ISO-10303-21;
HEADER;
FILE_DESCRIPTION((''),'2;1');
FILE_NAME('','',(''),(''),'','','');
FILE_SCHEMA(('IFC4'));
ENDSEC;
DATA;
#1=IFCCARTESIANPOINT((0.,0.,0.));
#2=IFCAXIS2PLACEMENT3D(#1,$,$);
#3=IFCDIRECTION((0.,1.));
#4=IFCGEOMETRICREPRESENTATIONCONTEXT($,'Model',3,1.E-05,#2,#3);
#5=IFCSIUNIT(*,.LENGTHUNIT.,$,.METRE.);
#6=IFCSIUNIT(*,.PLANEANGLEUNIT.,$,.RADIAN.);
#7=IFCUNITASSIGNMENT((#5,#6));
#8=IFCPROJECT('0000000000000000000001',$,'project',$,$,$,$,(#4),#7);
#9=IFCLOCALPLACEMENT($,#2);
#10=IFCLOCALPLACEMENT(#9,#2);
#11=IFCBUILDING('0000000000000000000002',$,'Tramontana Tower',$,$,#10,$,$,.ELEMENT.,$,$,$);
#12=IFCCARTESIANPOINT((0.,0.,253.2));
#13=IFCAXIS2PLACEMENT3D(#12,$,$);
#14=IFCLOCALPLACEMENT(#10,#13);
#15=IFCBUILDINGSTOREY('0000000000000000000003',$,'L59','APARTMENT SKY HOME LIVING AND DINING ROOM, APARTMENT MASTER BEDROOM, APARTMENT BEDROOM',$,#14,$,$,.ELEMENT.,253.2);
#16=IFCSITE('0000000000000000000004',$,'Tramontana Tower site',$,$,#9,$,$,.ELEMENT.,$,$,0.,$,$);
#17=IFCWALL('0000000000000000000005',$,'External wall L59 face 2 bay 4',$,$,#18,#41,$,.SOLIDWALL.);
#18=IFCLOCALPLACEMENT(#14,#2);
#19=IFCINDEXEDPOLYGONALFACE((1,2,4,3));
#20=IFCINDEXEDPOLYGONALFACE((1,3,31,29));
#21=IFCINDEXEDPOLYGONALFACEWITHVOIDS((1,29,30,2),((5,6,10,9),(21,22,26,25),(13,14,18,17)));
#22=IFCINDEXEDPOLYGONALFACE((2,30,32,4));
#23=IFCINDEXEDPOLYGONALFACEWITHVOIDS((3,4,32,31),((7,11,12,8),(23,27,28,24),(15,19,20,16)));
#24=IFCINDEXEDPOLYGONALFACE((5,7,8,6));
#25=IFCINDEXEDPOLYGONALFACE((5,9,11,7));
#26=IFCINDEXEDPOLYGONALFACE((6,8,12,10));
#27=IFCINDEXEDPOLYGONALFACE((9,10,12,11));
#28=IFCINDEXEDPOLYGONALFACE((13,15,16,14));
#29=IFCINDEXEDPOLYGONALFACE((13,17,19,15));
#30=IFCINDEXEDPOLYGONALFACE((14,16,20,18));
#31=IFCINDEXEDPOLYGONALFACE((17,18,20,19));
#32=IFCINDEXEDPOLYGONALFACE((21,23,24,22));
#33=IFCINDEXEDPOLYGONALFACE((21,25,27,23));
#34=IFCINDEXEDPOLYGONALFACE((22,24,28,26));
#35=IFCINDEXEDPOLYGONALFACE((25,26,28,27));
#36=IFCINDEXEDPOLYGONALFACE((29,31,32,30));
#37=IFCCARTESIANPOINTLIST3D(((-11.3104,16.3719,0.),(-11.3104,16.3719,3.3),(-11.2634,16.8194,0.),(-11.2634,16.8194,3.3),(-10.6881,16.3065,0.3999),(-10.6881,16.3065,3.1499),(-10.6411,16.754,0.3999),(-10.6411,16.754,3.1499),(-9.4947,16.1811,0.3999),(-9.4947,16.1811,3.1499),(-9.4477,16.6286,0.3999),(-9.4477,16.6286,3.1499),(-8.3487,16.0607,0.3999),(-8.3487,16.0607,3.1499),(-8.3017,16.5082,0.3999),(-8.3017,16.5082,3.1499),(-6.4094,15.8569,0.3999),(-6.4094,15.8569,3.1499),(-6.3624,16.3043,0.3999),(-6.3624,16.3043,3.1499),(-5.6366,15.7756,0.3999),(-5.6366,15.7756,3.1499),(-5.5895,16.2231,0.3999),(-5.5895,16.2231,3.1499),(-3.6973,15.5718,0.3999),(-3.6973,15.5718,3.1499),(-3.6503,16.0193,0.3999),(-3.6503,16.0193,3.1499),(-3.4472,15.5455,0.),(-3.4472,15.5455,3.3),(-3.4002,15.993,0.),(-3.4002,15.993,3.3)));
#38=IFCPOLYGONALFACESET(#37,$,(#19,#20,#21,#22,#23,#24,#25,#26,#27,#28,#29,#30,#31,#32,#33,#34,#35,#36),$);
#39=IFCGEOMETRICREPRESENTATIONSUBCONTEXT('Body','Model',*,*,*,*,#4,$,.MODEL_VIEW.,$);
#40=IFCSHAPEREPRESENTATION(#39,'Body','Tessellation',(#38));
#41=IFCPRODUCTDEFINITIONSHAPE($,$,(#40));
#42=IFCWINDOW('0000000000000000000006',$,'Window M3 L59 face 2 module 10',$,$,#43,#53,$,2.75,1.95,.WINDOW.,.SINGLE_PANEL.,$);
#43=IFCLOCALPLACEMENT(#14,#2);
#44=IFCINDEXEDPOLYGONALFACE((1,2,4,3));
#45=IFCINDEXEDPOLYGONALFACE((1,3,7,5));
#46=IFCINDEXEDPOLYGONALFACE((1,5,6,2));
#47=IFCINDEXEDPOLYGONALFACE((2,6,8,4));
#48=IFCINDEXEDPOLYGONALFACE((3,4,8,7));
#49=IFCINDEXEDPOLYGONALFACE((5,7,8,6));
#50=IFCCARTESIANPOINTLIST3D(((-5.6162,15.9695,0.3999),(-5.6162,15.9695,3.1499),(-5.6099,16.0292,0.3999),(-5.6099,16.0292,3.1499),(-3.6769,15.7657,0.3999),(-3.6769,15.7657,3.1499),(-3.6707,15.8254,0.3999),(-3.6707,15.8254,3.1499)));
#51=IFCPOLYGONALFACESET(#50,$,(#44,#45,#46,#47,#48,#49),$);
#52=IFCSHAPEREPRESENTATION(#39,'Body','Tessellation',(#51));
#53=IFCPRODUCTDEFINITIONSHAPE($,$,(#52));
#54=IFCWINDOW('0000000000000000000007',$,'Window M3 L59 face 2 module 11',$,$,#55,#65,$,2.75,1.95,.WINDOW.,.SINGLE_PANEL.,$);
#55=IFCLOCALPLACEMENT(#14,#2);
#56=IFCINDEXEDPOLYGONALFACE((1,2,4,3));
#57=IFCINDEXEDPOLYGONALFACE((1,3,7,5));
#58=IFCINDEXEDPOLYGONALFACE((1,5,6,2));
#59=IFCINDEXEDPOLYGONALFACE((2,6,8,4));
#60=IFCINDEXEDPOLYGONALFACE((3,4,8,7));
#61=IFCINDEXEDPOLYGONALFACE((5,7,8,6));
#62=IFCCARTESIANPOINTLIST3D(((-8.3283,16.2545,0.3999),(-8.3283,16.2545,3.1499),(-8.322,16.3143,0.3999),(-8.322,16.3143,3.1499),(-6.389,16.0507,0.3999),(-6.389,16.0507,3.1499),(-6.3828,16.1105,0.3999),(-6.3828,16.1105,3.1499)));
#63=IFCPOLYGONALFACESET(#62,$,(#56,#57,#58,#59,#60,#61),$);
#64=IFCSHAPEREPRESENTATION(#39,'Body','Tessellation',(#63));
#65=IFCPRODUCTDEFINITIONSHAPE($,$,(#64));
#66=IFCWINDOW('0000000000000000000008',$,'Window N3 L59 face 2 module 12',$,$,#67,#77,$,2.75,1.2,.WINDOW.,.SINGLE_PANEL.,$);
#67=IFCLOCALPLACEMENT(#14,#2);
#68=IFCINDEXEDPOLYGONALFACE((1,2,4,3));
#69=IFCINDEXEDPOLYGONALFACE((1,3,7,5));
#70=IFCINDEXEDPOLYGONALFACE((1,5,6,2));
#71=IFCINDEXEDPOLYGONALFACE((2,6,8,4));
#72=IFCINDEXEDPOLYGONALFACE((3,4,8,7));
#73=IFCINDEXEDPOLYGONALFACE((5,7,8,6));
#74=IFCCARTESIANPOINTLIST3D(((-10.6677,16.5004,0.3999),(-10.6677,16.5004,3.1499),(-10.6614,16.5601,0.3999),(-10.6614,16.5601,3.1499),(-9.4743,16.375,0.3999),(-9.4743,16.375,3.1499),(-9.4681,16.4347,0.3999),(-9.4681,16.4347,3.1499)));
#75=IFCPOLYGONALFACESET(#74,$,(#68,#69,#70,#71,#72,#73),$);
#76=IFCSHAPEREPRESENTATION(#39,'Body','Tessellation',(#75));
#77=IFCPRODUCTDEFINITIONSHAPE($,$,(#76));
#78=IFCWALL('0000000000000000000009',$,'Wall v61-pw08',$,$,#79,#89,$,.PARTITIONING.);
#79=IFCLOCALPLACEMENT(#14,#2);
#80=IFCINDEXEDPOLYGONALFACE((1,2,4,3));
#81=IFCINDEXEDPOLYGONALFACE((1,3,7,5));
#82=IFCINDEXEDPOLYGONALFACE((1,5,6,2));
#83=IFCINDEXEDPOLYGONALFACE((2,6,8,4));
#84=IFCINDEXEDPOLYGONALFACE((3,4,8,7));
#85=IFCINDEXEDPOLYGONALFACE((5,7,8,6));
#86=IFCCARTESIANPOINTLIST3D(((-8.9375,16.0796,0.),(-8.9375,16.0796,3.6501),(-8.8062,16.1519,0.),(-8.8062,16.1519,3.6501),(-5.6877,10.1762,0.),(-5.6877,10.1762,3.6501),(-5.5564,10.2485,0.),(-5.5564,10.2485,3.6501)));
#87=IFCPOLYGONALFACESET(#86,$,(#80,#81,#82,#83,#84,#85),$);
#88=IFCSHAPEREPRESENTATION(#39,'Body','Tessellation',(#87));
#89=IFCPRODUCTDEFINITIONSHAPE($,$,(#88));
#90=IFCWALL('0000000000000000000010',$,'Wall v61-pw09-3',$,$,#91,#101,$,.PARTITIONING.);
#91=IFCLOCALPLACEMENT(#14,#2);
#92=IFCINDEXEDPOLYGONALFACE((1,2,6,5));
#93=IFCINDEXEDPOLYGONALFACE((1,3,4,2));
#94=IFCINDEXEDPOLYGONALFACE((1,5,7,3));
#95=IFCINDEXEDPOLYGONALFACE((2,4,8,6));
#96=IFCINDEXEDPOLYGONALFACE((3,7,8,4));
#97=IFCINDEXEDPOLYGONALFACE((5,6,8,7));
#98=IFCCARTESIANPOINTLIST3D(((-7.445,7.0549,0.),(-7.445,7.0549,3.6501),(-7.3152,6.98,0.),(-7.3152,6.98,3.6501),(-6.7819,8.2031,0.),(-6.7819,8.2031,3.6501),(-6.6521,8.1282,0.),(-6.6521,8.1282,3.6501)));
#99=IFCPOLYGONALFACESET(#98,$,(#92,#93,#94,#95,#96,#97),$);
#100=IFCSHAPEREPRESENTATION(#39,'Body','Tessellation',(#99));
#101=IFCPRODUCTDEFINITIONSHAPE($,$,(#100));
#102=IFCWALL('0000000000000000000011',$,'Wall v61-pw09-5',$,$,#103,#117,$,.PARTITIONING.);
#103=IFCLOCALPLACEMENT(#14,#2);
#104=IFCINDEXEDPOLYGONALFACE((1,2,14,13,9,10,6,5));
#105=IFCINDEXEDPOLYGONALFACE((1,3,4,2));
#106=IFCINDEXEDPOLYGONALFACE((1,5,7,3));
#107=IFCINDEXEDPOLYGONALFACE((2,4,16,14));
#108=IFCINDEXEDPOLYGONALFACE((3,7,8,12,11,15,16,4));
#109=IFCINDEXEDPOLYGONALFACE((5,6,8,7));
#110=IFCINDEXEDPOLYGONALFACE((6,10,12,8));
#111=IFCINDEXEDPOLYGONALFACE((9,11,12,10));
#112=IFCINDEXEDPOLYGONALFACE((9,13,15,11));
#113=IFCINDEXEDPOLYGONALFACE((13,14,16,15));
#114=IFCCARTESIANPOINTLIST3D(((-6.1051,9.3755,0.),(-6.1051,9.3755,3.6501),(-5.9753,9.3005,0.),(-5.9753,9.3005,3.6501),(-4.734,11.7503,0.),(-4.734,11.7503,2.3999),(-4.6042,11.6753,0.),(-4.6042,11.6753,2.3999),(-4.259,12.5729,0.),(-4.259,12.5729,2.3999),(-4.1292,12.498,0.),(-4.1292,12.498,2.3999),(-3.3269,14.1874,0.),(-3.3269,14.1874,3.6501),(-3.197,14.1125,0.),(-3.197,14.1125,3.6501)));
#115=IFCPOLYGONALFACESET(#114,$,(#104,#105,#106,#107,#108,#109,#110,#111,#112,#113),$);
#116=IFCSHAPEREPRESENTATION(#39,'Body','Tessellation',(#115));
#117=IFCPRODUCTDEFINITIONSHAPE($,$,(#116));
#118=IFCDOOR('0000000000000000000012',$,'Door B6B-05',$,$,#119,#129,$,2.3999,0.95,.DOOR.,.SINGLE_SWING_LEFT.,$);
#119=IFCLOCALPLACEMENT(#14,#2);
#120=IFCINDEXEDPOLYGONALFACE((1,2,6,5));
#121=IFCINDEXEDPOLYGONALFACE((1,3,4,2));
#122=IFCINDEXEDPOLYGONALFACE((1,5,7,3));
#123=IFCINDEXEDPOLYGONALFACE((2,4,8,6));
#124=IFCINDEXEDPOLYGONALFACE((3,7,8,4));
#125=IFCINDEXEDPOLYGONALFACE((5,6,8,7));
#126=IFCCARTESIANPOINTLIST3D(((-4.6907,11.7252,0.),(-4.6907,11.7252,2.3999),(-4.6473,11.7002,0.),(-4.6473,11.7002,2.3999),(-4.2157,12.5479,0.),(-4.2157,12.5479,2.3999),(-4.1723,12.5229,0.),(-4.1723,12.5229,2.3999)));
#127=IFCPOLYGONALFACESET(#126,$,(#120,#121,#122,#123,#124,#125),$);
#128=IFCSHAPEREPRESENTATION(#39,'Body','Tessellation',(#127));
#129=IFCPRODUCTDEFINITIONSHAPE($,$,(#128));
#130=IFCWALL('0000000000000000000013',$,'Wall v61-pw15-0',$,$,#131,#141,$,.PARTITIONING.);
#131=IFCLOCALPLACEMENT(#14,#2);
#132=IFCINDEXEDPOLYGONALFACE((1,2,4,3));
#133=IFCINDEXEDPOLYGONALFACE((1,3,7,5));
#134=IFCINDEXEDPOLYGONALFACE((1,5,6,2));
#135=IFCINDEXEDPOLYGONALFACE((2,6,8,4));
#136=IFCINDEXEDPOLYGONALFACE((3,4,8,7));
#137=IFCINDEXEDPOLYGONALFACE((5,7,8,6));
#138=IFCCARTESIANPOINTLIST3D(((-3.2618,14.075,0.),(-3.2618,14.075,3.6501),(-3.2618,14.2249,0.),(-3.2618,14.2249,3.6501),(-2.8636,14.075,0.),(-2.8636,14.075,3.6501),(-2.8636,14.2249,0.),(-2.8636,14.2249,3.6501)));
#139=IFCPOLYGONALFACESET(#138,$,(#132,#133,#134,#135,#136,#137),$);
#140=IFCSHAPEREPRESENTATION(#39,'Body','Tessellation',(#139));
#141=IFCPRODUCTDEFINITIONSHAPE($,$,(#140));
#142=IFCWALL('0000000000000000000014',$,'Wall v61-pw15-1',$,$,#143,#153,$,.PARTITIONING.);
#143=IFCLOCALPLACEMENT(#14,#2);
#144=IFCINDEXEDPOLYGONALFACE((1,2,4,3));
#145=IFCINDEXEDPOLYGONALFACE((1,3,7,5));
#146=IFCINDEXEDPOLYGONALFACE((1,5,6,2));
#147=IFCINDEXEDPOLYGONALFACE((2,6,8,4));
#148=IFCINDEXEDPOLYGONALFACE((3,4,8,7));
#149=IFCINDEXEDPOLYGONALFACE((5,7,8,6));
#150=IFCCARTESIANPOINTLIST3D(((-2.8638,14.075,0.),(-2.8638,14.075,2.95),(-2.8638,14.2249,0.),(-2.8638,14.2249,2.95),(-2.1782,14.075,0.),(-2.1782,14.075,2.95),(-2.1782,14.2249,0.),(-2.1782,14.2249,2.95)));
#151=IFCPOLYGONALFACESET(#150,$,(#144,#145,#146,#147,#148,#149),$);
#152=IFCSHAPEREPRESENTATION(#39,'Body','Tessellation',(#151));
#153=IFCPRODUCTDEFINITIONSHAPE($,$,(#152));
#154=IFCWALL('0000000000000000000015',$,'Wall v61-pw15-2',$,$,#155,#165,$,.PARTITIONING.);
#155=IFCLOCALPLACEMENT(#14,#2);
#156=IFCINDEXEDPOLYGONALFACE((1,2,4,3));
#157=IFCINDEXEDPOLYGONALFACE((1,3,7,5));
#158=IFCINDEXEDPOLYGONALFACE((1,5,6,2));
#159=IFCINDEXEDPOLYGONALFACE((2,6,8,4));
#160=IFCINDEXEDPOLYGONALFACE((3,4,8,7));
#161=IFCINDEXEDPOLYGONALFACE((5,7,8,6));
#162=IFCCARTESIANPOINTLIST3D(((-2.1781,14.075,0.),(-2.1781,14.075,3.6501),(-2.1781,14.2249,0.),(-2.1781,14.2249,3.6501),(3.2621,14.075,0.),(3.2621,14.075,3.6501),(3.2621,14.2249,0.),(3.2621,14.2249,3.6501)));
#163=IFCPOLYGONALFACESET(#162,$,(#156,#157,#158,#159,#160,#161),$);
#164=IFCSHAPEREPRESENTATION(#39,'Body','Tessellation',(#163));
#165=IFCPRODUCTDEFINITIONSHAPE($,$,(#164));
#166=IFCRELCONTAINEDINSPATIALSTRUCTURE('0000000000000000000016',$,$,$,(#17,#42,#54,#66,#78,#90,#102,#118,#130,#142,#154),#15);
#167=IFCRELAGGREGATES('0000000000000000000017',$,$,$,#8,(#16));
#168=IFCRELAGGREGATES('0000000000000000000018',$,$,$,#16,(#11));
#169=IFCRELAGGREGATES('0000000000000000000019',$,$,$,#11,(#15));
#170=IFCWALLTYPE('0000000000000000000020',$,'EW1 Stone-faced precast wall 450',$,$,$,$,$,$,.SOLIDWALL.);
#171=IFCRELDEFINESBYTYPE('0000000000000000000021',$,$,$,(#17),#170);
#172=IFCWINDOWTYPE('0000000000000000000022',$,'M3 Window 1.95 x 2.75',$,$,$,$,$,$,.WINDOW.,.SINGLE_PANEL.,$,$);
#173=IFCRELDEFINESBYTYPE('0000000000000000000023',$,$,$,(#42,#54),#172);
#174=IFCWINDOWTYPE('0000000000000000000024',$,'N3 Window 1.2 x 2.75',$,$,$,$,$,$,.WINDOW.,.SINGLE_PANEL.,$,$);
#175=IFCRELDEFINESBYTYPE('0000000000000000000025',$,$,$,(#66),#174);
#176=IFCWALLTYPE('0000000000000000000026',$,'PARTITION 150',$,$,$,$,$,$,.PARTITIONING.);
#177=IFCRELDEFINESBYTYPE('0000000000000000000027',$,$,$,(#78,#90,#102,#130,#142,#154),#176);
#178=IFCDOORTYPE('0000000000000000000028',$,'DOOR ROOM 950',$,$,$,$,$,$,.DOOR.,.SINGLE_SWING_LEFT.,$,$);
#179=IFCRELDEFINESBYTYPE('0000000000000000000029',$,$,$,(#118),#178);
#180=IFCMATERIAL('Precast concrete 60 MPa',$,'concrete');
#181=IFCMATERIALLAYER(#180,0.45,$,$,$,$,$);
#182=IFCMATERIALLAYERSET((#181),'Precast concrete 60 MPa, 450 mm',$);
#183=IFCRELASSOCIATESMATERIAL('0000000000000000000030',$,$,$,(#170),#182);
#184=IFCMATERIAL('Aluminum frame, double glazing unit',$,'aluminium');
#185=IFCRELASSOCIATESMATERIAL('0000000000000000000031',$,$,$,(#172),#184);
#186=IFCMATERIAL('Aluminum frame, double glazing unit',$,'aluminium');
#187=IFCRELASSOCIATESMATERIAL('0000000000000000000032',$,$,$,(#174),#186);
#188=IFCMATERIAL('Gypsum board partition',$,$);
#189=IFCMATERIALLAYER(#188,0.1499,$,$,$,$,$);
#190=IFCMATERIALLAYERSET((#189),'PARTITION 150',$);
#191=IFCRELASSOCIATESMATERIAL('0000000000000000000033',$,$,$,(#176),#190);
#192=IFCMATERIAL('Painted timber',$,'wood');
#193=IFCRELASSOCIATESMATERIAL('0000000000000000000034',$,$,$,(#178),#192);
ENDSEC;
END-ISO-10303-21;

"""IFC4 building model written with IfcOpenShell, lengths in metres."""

from ifc_helpers import new_model, si_unit, direction, frame, frame_2d, origin, place, context, subcontext, project, spatial, rectangle, extrude, material, layer, layer_set, type_object, element, fill, save


model = new_model("IFC4")

# Units and contexts
model_context = context("Model", 3, precision=1e-05, world=origin(), true_north=direction((0.0, 1.0)))
body_context = subcontext(model_context, "Body", "Model", "MODEL_VIEW")
ifc_project = project(units=[si_unit("LENGTHUNIT", "METRE"), si_unit("PLANEANGLEUNIT", "RADIAN")], contexts=[model_context])

# Site, building, storey
site_placement = place(None, origin())
site = spatial("IfcSite", under=ifc_project, at=site_placement, Name="Tramontana Tower site", CompositionType="ELEMENT", RefElevation=0.0)
building_placement = place(site_placement, origin())
building = spatial("IfcBuilding", under=site, at=building_placement, Name="Tramontana Tower", CompositionType="ELEMENT")
storey_placement = place(building_placement, frame((0.0, 0.0, 253.2)))
storey = spatial("IfcBuildingStorey", under=building, at=storey_placement, Name="L59", Description="APARTMENT SKY HOME LIVING AND DINING ROOM, APARTMENT MASTER BEDROOM, APARTMENT BEDROOM", CompositionType="ELEMENT", Elevation=253.2)

# Wall, openings, windows
ifc_material_1 = material(Name="Precast concrete 60 MPa", Category="concrete")
ifc_layer_1 = layer(ifc_material_1, 0.45)
ifc_layer_set_1 = layer_set([ifc_layer_1], Name="Precast concrete 60 MPa, 450 mm")
wall_type_1 = type_object("IfcWallType", Name="EW1 Stone-faced precast wall 450", PredefinedType="SOLIDWALL", material=ifc_layer_set_1)
wall_1_placement = place(storey_placement, frame((-3.4238, 15.7693, 0.0), z_axis=(0.0, 0.0, 1.0), x_axis=(-0.994523, 0.104522, 0.0)))
wall_1 = element("IfcWall", 1, at=wall_1_placement, inside=storey, type_object=wall_type_1, Name="External wall L59 face 2 bay 4", PredefinedType="SOLIDWALL", context=body_context, shape_type="SweptSolid", body=[
    extrude(rectangle(XDim=7.9065, YDim=0.45, at=frame_2d((3.9531, 0.0))), origin(), (0.0, 0.0, 1.0), 3.3),
])
opening_1_placement = place(wall_1_placement, frame((0.2512, 0.0, 0.3999)))
opening_1 = element("IfcOpeningElement", 2, at=opening_1_placement, cuts=wall_1, PredefinedType="OPENING", context=body_context, shape_type="SweptSolid", body=[
    extrude(rectangle(XDim=1.95, YDim=2.75, at=frame_2d((0.9751, 1.375))), frame((0.0, 0.2349, 0.0), z_axis=(0.0, -1.0, 0.0), x_axis=(1.0, 0.0, 0.0)), (0.0, 0.0, 1.0), 0.47),
])
opening_2_placement = place(wall_1_placement, frame((2.9783, 0.0, 0.3999)))
opening_2 = element("IfcOpeningElement", 3, at=opening_2_placement, cuts=wall_1, PredefinedType="OPENING", context=body_context, shape_type="SweptSolid", body=[
    extrude(rectangle(XDim=1.95, YDim=2.75, at=frame_2d((0.9751, 1.375))), frame((0.0, 0.2349, 0.0), z_axis=(0.0, -1.0, 0.0), x_axis=(1.0, 0.0, 0.0)), (0.0, 0.0, 1.0), 0.47),
])
opening_3_placement = place(wall_1_placement, frame((6.0806, 0.0, 0.3999)))
opening_3 = element("IfcOpeningElement", 4, at=opening_3_placement, cuts=wall_1, PredefinedType="OPENING", context=body_context, shape_type="SweptSolid", body=[
    extrude(rectangle(XDim=1.2, YDim=2.75, at=frame_2d((0.6001, 1.375))), frame((0.0, 0.2349, 0.0), z_axis=(0.0, -1.0, 0.0), x_axis=(1.0, 0.0, 0.0)), (0.0, 0.0, 1.0), 0.47),
])
ifc_material_2 = material(Name="Aluminum frame, double glazing unit", Category="aluminium")
window_type_1 = type_object("IfcWindowType", Name="M3 Window 1.95 x 2.75", PartitioningType="SINGLE_PANEL", PredefinedType="WINDOW", material=ifc_material_2)
window_1_placement = place(opening_1_placement, origin())
window_1 = element("IfcWindow", 5, at=window_1_placement, inside=storey, type_object=window_type_1, Name="Window M3 L59 face 2 module 10", OverallHeight=2.75, OverallWidth=1.95, PartitioningType="SINGLE_PANEL", PredefinedType="WINDOW", context=body_context, shape_type="SweptSolid", body=[
    extrude(rectangle(XDim=1.95, YDim=2.75, at=frame_2d((0.9751, 1.375))), frame((0.0, 0.03, 0.0), z_axis=(0.0, -1.0, 0.0), x_axis=(1.0, 0.0, 0.0)), (0.0, 0.0, 1.0), 0.0601),
])
fill(opening_1, window_1)
window_2_placement = place(opening_2_placement, origin())
window_2 = element("IfcWindow", 6, at=window_2_placement, inside=storey, type_object=window_type_1, Name="Window M3 L59 face 2 module 11", OverallHeight=2.75, OverallWidth=1.95, PartitioningType="SINGLE_PANEL", PredefinedType="WINDOW", context=body_context, shape_type="SweptSolid", body=[
    extrude(rectangle(XDim=1.95, YDim=2.75, at=frame_2d((0.9751, 1.375))), frame((0.0, 0.03, 0.0), z_axis=(0.0, -1.0, 0.0), x_axis=(1.0, 0.0, 0.0)), (0.0, 0.0, 1.0), 0.0601),
])
fill(opening_2, window_2)
ifc_material_3 = material(Name="Aluminum frame, double glazing unit", Category="aluminium")
window_type_2 = type_object("IfcWindowType", Name="N3 Window 1.2 x 2.75", PartitioningType="SINGLE_PANEL", PredefinedType="WINDOW", material=ifc_material_3)
window_3_placement = place(opening_3_placement, origin())
window_3 = element("IfcWindow", 7, at=window_3_placement, inside=storey, type_object=window_type_2, Name="Window N3 L59 face 2 module 12", OverallHeight=2.75, OverallWidth=1.2, PartitioningType="SINGLE_PANEL", PredefinedType="WINDOW", context=body_context, shape_type="SweptSolid", body=[
    extrude(rectangle(XDim=1.2, YDim=2.75, at=frame_2d((0.6001, 1.375))), frame((0.0, 0.03, 0.0), z_axis=(0.0, -1.0, 0.0), x_axis=(1.0, 0.0, 0.0)), (0.0, 0.0, 1.0), 0.0601),
])
fill(opening_3, window_3)

# Walls
ifc_material_4 = material(Name="Gypsum board partition")
ifc_layer_2 = layer(ifc_material_4, 0.1499)
ifc_layer_set_2 = layer_set([ifc_layer_2], Name="PARTITION 150")
wall_type_2 = type_object("IfcWallType", Name="PARTITION 150", PredefinedType="PARTITIONING", material=ifc_layer_set_2)
wall_2_placement = place(storey_placement, frame((-8.8718, 16.1157, 0.0), z_axis=(0.0, 0.0, 1.0), x_axis=(0.482253, -0.876032, 0.0)))
element("IfcWall", 8, at=wall_2_placement, inside=storey, type_object=wall_type_2, Name="Wall v61-pw08", PredefinedType="PARTITIONING", context=body_context, shape_type="SweptSolid", body=[
    extrude(rectangle(XDim=6.7388, YDim=0.1499, at=frame_2d((3.3694, 0.0))), origin(), (0.0, 0.0, 1.0), 3.6501),
])
wall_3_placement = place(storey_placement, frame((-7.3801, 7.0173, 0.0), z_axis=(0.0, 0.0, 1.0), x_axis=(0.5001, 0.865968, 0.0)))
element("IfcWall", 9, at=wall_3_placement, inside=storey, type_object=wall_type_2, Name="Wall v61-pw09-3", PredefinedType="PARTITIONING", context=body_context, shape_type="SweptSolid", body=[
    extrude(rectangle(XDim=1.3259, YDim=0.1499, at=frame_2d((0.6631, 0.0))), origin(), (0.0, 0.0, 1.0), 3.6501),
])

# Wall, opening, door
ifc_material_5 = material(Name="Painted timber", Category="wood")
door_type_1 = type_object("IfcDoorType", Name="DOOR ROOM 950", OperationType="SINGLE_SWING_LEFT", PredefinedType="DOOR", material=ifc_material_5)
wall_4_placement = place(storey_placement, frame((-6.0403, 9.3379, 0.0), z_axis=(0.0, 0.0, 1.0), x_axis=(0.500014, 0.866017, 0.0)))
wall_4 = element("IfcWall", 10, at=wall_4_placement, inside=storey, type_object=wall_type_2, Name="Wall v61-pw09-5", PredefinedType="PARTITIONING", context=body_context, shape_type="SweptSolid", body=[
    extrude(rectangle(XDim=5.5564, YDim=0.1499, at=frame_2d((2.7783, 0.0))), origin(), (0.0, 0.0, 1.0), 3.6501),
])
opening_4_placement = place(wall_4_placement, frame((2.7422, 0.0, 0.0)))
opening_4 = element("IfcOpeningElement", 11, at=opening_4_placement, cuts=wall_4, PredefinedType="OPENING", context=body_context, shape_type="SweptSolid", body=[
    extrude(rectangle(XDim=0.95, YDim=2.3999, at=frame_2d((0.4751, 1.2))), frame((0.0, 0.085, 0.0), z_axis=(0.0, -1.0, 0.0), x_axis=(1.0, 0.0, 0.0)), (0.0, 0.0, 1.0), 0.1699),
])
door_1_placement = place(opening_4_placement, origin())
door_1 = element("IfcDoor", 12, at=door_1_placement, inside=storey, type_object=door_type_1, Name="Door B6B-05", OperationType="SINGLE_SWING_LEFT", OverallHeight=2.3999, OverallWidth=0.95, PredefinedType="DOOR", context=body_context, shape_type="SweptSolid", body=[
    extrude(rectangle(XDim=0.95, YDim=2.3999, at=frame_2d((0.4751, 1.2))), frame((0.0, 0.0249, 0.0), z_axis=(0.0, -1.0, 0.0), x_axis=(1.0, 0.0, 0.0)), (0.0, 0.0, 1.0), 0.05),
])
fill(opening_4, door_1)

# Walls
wall_5_placement = place(storey_placement, frame((-3.262, 14.1499, 0.0), z_axis=(0.0, 0.0, 1.0), x_axis=(1.0, 0.0, 0.0)))
element("IfcWall", 13, at=wall_5_placement, inside=storey, type_object=wall_type_2, Name="Wall v61-pw15-0", PredefinedType="PARTITIONING", context=body_context, shape_type="SweptSolid", body=[
    extrude(rectangle(XDim=0.3982, YDim=0.1499, at=frame_2d((0.1992, 0.0))), origin(), (0.0, 0.0, 1.0), 3.6501),
])
wall_6_placement = place(storey_placement, frame((-2.8638, 14.1499, 0.0), z_axis=(0.0, 0.0, 1.0), x_axis=(1.0, 0.0, 0.0)))
element("IfcWall", 14, at=wall_6_placement, inside=storey, type_object=wall_type_2, Name="Wall v61-pw15-1", PredefinedType="PARTITIONING", context=body_context, shape_type="SweptSolid", body=[
    extrude(rectangle(XDim=0.6855, YDim=0.1499, at=frame_2d((0.3428, 0.0))), origin(), (0.0, 0.0, 1.0), 2.95),
])
wall_7_placement = place(storey_placement, frame((-2.1782, 14.1499, 0.0), z_axis=(0.0, 0.0, 1.0), x_axis=(1.0, 0.0, 0.0)))
element("IfcWall", 15, at=wall_7_placement, inside=storey, type_object=wall_type_2, Name="Wall v61-pw15-2", PredefinedType="PARTITIONING", context=body_context, shape_type="SweptSolid", body=[
    extrude(rectangle(XDim=5.4402, YDim=0.1499, at=frame_2d((2.7202, 0.0))), origin(), (0.0, 0.0, 1.0), 3.6501),
])

save(model, "model.ifc")
